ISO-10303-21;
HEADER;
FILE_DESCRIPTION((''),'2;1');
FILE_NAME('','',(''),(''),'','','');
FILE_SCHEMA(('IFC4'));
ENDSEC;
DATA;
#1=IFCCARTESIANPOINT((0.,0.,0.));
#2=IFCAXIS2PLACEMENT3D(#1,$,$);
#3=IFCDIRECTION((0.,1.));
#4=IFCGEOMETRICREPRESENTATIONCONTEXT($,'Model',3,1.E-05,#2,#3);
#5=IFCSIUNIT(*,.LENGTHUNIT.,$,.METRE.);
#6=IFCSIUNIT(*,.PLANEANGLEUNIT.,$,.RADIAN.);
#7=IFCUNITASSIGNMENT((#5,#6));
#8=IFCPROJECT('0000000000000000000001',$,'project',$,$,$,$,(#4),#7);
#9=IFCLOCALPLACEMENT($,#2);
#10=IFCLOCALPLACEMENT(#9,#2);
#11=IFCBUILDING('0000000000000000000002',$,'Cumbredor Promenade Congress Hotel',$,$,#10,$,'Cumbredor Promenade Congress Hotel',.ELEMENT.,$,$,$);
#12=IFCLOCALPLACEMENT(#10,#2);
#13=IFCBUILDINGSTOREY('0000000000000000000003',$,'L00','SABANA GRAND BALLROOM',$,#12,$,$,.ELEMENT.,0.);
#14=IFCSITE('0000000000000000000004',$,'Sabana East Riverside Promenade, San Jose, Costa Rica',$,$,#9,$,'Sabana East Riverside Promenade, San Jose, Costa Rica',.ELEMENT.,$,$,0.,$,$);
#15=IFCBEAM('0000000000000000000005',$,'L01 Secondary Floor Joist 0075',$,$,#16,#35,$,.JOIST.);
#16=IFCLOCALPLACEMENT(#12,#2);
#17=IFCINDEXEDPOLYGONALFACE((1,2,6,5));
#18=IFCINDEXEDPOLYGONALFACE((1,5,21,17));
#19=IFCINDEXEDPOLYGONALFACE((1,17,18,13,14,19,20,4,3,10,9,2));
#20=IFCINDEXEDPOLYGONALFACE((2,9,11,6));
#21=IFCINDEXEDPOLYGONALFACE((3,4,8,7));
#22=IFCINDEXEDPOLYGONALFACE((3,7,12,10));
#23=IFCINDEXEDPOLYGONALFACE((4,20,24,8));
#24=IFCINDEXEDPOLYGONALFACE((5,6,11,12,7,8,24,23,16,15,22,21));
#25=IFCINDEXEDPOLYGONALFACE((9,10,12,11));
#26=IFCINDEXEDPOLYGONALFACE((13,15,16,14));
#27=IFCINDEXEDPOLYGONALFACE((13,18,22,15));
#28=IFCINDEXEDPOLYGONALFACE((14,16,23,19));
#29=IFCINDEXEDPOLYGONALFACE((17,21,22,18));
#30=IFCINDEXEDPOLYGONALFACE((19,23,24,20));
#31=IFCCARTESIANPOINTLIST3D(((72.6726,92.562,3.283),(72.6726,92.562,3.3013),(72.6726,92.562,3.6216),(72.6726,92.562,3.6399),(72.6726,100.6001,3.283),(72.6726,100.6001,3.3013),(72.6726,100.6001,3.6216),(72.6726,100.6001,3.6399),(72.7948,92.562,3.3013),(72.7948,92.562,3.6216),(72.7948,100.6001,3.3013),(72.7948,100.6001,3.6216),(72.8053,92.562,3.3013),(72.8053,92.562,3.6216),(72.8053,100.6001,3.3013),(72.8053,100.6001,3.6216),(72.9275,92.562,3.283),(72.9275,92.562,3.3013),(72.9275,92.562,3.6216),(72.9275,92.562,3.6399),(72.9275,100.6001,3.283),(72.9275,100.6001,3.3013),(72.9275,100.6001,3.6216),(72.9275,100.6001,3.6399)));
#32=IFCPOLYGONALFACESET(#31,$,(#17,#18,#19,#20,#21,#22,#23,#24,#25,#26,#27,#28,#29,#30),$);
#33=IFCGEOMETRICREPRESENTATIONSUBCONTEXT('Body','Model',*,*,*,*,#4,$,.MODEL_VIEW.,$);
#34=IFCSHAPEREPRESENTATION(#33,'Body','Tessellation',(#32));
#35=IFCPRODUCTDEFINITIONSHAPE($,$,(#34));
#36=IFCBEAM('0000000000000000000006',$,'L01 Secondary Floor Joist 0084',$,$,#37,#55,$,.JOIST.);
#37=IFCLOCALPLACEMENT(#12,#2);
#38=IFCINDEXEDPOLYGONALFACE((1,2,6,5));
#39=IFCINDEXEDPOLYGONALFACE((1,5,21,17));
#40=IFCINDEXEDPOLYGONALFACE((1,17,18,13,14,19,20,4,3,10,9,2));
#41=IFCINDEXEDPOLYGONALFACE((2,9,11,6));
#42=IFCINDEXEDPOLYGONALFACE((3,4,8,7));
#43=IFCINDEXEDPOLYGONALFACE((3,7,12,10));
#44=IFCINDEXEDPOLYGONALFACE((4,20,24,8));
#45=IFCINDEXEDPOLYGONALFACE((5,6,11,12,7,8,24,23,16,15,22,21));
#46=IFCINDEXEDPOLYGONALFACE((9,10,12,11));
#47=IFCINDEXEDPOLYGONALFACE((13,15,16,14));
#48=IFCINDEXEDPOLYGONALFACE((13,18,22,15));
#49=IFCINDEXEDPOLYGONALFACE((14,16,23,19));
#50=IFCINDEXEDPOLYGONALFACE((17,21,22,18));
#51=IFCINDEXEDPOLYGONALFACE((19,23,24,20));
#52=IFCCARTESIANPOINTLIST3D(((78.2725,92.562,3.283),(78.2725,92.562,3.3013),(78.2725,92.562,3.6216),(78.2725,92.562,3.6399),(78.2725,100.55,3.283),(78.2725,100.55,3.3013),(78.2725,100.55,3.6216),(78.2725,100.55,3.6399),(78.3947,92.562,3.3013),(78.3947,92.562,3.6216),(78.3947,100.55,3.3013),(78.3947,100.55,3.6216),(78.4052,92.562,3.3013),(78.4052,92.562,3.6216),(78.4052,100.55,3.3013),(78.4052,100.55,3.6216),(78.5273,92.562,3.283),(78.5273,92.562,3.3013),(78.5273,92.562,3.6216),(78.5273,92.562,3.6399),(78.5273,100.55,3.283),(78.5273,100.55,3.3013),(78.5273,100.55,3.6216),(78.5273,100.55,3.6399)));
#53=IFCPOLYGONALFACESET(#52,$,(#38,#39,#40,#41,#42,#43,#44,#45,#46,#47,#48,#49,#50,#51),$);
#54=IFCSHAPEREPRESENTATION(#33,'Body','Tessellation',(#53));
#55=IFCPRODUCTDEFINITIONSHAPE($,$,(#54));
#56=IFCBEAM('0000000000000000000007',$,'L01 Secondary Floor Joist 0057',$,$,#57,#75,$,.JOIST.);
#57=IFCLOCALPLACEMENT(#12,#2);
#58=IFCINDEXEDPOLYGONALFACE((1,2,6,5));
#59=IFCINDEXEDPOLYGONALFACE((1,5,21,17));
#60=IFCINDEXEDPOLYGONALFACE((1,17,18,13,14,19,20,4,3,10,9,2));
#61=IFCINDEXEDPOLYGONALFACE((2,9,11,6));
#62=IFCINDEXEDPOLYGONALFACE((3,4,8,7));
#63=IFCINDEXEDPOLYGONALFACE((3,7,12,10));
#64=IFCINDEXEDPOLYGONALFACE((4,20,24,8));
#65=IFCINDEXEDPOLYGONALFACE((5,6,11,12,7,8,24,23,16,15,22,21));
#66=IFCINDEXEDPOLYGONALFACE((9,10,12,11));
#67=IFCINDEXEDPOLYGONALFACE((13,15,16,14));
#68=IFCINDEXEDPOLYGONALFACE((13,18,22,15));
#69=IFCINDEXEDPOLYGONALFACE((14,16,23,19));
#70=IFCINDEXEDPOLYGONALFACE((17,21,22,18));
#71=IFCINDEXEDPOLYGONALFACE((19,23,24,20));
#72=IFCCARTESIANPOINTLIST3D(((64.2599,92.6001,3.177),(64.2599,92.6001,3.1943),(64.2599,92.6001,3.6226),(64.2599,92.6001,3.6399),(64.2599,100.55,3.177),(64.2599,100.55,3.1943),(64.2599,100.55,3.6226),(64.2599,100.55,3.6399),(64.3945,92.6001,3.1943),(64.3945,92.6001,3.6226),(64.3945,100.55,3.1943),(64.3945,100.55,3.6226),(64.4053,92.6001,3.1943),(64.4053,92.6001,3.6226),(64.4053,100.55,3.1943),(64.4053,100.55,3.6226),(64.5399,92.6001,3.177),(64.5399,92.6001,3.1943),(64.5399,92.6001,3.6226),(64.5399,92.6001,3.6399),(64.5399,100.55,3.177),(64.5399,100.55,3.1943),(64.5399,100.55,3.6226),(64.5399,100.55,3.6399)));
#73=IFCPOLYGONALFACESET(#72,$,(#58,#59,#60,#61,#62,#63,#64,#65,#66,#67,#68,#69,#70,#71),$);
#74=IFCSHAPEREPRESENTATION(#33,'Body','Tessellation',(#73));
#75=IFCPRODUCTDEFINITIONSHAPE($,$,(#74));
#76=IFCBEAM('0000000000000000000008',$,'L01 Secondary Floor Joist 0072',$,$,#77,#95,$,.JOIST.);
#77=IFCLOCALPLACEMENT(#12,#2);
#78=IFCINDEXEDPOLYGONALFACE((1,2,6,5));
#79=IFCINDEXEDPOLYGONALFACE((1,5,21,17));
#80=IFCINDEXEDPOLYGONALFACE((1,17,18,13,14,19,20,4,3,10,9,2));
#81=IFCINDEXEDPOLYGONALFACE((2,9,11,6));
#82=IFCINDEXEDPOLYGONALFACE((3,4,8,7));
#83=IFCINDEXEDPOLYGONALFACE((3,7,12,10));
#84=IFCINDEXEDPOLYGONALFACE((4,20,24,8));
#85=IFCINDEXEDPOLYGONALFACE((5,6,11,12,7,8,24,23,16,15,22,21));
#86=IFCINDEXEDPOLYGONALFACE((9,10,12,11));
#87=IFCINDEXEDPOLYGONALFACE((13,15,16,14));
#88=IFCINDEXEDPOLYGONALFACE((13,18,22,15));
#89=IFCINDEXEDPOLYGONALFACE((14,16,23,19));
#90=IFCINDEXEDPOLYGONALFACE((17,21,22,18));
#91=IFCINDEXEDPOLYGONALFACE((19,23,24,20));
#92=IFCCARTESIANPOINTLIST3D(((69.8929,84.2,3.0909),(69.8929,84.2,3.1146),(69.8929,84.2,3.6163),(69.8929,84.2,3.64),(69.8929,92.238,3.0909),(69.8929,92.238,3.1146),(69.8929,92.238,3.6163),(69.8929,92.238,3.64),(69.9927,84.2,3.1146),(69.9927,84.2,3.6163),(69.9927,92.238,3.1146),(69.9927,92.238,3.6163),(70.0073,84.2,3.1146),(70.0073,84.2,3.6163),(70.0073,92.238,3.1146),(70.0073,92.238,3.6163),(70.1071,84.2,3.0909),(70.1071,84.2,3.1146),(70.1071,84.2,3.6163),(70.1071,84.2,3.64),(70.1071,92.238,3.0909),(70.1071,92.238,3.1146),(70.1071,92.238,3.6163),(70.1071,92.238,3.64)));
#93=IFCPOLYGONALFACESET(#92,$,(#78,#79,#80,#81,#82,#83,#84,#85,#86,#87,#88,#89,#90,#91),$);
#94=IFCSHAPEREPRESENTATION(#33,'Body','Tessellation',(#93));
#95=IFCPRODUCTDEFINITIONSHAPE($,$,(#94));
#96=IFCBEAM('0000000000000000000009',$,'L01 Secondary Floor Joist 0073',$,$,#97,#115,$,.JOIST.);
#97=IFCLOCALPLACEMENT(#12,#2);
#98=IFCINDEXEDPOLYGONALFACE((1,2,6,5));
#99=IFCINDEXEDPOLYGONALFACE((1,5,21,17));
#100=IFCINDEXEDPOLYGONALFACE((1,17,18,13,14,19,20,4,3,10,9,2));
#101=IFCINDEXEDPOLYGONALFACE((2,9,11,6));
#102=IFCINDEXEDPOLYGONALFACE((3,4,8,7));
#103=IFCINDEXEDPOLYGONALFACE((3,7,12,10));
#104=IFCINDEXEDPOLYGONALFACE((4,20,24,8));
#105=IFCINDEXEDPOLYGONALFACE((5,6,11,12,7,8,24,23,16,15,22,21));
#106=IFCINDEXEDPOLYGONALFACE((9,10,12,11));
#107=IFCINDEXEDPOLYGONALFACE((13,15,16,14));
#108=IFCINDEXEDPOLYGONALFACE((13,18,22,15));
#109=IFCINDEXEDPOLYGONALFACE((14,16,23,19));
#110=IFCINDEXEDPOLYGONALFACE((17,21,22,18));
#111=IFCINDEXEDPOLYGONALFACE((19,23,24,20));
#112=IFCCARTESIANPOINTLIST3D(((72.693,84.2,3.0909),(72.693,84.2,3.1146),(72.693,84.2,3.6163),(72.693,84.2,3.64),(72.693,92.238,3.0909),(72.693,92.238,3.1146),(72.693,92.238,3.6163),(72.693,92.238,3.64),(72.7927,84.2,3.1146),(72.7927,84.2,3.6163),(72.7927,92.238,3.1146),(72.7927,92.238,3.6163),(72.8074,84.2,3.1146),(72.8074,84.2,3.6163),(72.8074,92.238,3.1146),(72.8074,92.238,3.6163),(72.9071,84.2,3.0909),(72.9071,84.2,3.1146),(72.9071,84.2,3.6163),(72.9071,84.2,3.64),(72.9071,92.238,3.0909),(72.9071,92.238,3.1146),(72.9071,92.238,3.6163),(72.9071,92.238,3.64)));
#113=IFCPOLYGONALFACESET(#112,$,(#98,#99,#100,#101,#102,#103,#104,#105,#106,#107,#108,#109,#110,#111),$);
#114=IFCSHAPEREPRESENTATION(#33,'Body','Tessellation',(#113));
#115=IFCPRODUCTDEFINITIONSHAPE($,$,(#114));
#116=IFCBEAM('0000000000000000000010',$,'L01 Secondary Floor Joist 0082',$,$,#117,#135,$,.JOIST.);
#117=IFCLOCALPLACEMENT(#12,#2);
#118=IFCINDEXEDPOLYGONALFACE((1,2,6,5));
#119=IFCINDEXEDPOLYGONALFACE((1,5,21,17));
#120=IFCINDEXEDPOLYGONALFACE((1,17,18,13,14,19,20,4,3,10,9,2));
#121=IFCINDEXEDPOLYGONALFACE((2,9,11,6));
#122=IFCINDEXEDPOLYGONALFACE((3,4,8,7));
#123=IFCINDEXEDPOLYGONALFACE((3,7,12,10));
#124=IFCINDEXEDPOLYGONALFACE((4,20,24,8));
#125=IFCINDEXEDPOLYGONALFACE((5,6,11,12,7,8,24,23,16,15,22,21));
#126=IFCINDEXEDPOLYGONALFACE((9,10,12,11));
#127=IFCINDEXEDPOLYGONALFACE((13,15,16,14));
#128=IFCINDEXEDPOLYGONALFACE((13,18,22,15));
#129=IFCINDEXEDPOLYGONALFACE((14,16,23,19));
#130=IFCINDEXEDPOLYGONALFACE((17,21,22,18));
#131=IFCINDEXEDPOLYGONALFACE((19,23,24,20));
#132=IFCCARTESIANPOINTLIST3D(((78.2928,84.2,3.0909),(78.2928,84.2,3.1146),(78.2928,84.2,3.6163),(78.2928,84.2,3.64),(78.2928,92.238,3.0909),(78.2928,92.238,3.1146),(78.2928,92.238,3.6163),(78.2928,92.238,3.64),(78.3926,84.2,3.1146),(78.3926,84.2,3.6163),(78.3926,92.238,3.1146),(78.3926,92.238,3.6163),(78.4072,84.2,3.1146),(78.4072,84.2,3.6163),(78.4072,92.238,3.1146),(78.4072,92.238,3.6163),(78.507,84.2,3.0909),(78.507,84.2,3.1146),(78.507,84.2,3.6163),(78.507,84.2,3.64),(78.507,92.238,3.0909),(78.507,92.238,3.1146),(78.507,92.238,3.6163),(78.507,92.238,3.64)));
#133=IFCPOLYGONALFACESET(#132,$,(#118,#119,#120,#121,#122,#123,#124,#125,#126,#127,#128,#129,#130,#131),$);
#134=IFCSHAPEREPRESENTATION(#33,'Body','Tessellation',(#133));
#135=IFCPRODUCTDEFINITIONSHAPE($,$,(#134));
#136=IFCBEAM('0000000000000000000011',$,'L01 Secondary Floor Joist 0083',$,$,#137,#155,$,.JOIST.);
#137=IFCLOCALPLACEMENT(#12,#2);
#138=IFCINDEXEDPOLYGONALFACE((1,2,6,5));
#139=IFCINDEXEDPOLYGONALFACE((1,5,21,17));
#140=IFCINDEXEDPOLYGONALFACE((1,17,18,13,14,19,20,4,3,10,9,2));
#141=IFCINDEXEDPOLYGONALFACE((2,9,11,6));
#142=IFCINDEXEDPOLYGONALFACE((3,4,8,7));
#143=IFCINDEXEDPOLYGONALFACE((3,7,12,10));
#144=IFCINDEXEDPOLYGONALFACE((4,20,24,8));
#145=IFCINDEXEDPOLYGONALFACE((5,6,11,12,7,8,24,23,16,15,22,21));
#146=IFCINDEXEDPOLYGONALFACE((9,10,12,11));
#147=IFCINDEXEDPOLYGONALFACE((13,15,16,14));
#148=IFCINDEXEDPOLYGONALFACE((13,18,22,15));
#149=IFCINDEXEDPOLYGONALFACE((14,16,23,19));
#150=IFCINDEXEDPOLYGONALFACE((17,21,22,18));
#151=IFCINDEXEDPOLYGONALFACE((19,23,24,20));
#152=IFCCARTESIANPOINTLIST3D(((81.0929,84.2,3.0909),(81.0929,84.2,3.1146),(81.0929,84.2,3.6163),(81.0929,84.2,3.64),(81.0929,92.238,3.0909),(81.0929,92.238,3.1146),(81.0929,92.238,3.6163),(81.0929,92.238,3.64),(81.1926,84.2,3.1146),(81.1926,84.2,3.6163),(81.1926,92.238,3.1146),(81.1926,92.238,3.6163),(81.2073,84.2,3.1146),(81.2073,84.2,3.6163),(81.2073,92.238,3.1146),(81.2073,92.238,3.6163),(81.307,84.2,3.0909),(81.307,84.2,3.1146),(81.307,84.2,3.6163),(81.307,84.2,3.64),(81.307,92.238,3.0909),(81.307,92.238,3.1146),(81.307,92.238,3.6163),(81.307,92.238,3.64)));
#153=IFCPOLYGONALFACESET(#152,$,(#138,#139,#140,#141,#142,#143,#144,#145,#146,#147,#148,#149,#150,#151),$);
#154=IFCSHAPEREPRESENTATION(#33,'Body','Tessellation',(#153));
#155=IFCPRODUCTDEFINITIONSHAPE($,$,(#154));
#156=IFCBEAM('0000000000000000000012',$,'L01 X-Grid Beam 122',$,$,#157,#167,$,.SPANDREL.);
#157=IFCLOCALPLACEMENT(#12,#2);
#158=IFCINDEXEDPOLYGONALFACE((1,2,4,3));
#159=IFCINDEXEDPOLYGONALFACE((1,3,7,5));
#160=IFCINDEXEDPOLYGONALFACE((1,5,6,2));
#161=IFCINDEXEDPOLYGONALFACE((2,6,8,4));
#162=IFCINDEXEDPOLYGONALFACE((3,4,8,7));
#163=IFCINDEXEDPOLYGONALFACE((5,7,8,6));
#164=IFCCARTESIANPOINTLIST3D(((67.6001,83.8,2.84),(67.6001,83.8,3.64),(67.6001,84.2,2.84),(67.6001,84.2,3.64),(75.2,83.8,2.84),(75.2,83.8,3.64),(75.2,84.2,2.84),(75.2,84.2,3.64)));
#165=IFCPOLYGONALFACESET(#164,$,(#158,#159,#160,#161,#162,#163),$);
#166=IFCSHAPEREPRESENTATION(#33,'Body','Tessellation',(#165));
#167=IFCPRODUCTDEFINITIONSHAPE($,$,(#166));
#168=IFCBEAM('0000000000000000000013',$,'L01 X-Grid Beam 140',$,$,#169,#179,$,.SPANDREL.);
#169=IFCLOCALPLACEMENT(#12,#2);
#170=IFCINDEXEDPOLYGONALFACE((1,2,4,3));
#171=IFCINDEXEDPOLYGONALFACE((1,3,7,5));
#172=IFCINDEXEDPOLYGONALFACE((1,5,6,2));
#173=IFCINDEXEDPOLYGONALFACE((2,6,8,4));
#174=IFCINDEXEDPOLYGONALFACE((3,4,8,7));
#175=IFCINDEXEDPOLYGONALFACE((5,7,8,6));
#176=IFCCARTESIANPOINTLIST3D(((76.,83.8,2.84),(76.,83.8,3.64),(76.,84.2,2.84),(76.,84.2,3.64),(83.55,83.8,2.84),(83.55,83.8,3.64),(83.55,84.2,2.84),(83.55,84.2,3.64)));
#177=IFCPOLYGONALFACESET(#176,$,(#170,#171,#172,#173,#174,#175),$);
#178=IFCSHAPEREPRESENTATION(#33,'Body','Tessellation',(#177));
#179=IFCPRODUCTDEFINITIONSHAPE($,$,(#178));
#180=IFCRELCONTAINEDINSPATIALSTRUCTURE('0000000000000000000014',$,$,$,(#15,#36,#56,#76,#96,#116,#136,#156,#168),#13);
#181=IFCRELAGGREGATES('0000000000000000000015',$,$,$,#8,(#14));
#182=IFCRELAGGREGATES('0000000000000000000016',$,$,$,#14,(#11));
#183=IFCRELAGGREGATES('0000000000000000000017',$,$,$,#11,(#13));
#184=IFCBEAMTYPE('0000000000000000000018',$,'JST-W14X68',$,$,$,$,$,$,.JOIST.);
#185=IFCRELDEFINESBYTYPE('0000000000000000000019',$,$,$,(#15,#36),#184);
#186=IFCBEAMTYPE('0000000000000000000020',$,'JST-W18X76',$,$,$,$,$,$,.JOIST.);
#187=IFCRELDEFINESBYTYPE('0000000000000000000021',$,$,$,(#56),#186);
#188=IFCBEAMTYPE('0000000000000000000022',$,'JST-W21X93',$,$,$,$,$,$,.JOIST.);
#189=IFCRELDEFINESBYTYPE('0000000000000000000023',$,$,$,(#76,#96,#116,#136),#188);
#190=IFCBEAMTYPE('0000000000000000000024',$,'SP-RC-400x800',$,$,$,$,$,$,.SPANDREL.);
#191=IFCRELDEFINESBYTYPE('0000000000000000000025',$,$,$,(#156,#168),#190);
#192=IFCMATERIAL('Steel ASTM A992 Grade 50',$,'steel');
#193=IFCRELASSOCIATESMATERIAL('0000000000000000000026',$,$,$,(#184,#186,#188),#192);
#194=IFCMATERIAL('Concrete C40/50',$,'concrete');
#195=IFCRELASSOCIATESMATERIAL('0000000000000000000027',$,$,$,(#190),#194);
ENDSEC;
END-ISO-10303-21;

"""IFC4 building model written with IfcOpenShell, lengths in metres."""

from ifc_helpers import new_model, si_unit, direction, frame, origin, origin_2d, place, context, subcontext, project, spatial, rectangle, i_section, extrude, material, material_profile, profile_set, type_object, element, save


model = new_model("IFC4")

# Units and contexts
model_context = context("Model", 3, precision=1e-05, world=origin(), true_north=direction((0.0, 1.0)))
body_context = subcontext(model_context, "Body", "Model", "MODEL_VIEW")
ifc_project = project(units=[si_unit("LENGTHUNIT", "METRE"), si_unit("PLANEANGLEUNIT", "RADIAN")], contexts=[model_context])

# Site, building, storey
site_placement = place(None, origin())
site = spatial("IfcSite", under=ifc_project, at=site_placement, Name="Sabana East Riverside Promenade, San Jose, Costa Rica", LongName="Sabana East Riverside Promenade, San Jose, Costa Rica", CompositionType="ELEMENT", RefElevation=0.0)
building_placement = place(site_placement, origin())
building = spatial("IfcBuilding", under=site, at=building_placement, Name="Cumbredor Promenade Congress Hotel", LongName="Cumbredor Promenade Congress Hotel", CompositionType="ELEMENT")
storey_placement = place(building_placement, origin())
storey = spatial("IfcBuildingStorey", under=building, at=storey_placement, Name="L00", Description="SABANA GRAND BALLROOM", CompositionType="ELEMENT", Elevation=0.0)

# Beams
ifc_material_1 = material(Name="Concrete C40/50", Category="concrete")
ifc_material_2 = material(Name="Steel ASTM A992 Grade 50", Category="steel")
ifc_material_profile_1 = material_profile(ifc_material_2, i_section(OverallWidth=0.2549, OverallDepth=0.3569, WebThickness=0.0105, FlangeThickness=0.0183, at=origin_2d()), Name="W14X68")
ifc_profile_set_1 = profile_set([ifc_material_profile_1], Name="Steel ASTM A992 Grade 50")
beam_type_1 = type_object("IfcBeamType", Name="JST-W14X68", PredefinedType="JOIST", material=ifc_profile_set_1)
for number, where, z_axis, x_axis, name in (
    (1, (72.8, 92.562, 3.4614), (0.0, 1.0, 0.0), (-1.0, 0.0, 0.0), "L01 Secondary Floor Joist 0075"),
):
    element("IfcBeam", number, at=place(storey_placement, frame(where, z_axis=z_axis, x_axis=x_axis)), inside=storey, type_object=beam_type_1, Name=name, PredefinedType="JOIST", context=body_context, shape_type="SweptSolid", body=[
        extrude(i_section(OverallWidth=0.2549, OverallDepth=0.3569, WebThickness=0.0105, FlangeThickness=0.0183, at=origin_2d()), origin(), (0.0, 0.0, 1.0), 8.0381),
    ])
beam_1_placement = place(storey_placement, frame((78.3999, 92.562, 3.4614), z_axis=(0.0, 1.0, 0.0), x_axis=(-1.0, 0.0, 0.0)))
element("IfcBeam", 2, at=beam_1_placement, inside=storey, type_object=beam_type_1, Name="L01 Secondary Floor Joist 0084", PredefinedType="JOIST", context=body_context, shape_type="SweptSolid", body=[
    extrude(i_section(OverallWidth=0.2549, OverallDepth=0.3569, WebThickness=0.0105, FlangeThickness=0.0183, at=origin_2d()), origin(), (0.0, 0.0, 1.0), 7.988),
])
ifc_material_profile_2 = material_profile(ifc_material_2, i_section(OverallWidth=0.28, OverallDepth=0.4629, WebThickness=0.0107, FlangeThickness=0.0173, at=origin_2d()), Name="W18X76")
ifc_profile_set_2 = profile_set([ifc_material_profile_2], Name="Steel ASTM A992 Grade 50")
beam_type_2 = type_object("IfcBeamType", Name="JST-W18X76", PredefinedType="JOIST", material=ifc_profile_set_2)
beam_2_placement = place(storey_placement, frame((64.3999, 92.6001, 3.4084), z_axis=(0.0, 1.0, 0.0), x_axis=(-1.0, 0.0, 0.0)))
element("IfcBeam", 3, at=beam_2_placement, inside=storey, type_object=beam_type_2, Name="L01 Secondary Floor Joist 0057", PredefinedType="JOIST", context=body_context, shape_type="SweptSolid", body=[
    extrude(i_section(OverallWidth=0.28, OverallDepth=0.4629, WebThickness=0.0107, FlangeThickness=0.0173, at=origin_2d()), origin(), (0.0, 0.0, 1.0), 7.95),
])
ifc_material_profile_3 = material_profile(ifc_material_2, i_section(OverallWidth=0.2141, OverallDepth=0.5491, WebThickness=0.0146, FlangeThickness=0.0237, at=origin_2d()), Name="W21X93")
ifc_profile_set_3 = profile_set([ifc_material_profile_3], Name="Steel ASTM A992 Grade 50")
beam_type_3 = type_object("IfcBeamType", Name="JST-W21X93", PredefinedType="JOIST", material=ifc_profile_set_3)
for number, where, z_axis, x_axis, name in (
    (4, (70.0, 84.2, 3.3655), (0.0, 1.0, 0.0), (-1.0, 0.0, 0.0), "L01 Secondary Floor Joist 0072"),
    (5, (72.8, 84.2, 3.3655), (0.0, 1.0, 0.0), (-1.0, 0.0, 0.0), "L01 Secondary Floor Joist 0073"),
    (6, (78.3999, 84.2, 3.3655), (0.0, 1.0, 0.0), (-1.0, 0.0, 0.0), "L01 Secondary Floor Joist 0082"),
    (7, (81.2, 84.2, 3.3655), (0.0, 1.0, 0.0), (-1.0, 0.0, 0.0), "L01 Secondary Floor Joist 0083"),
):
    element("IfcBeam", number, at=place(storey_placement, frame(where, z_axis=z_axis, x_axis=x_axis)), inside=storey, type_object=beam_type_3, Name=name, PredefinedType="JOIST", context=body_context, shape_type="SweptSolid", body=[
        extrude(i_section(OverallWidth=0.2141, OverallDepth=0.5491, WebThickness=0.0146, FlangeThickness=0.0237, at=origin_2d()), origin(), (0.0, 0.0, 1.0), 8.0381),
    ])
ifc_material_profile_4 = material_profile(ifc_material_1, rectangle(XDim=0.3999, YDim=0.8, at=origin_2d()), Name="RC SPANDREL 400x800")
ifc_profile_set_4 = profile_set([ifc_material_profile_4], Name="Concrete C40/50")
beam_type_4 = type_object("IfcBeamType", Name="SP-RC-400x800", PredefinedType="SPANDREL", material=ifc_profile_set_4)
beam_3_placement = place(storey_placement, frame((67.6001, 84.0, 3.24), z_axis=(1.0, 0.0, 0.0), x_axis=(0.0, 1.0, 0.0)))
element("IfcBeam", 8, at=beam_3_placement, inside=storey, type_object=beam_type_4, Name="L01 X-Grid Beam 122", PredefinedType="SPANDREL", context=body_context, shape_type="SweptSolid", body=[
    extrude(rectangle(XDim=0.3999, YDim=0.8, at=origin_2d()), origin(), (0.0, 0.0, 1.0), 7.5999),
])
beam_4_placement = place(storey_placement, frame((76.0, 84.0, 3.24), z_axis=(1.0, 0.0, 0.0), x_axis=(0.0, 1.0, 0.0)))
element("IfcBeam", 9, at=beam_4_placement, inside=storey, type_object=beam_type_4, Name="L01 X-Grid Beam 140", PredefinedType="SPANDREL", context=body_context, shape_type="SweptSolid", body=[
    extrude(rectangle(XDim=0.3999, YDim=0.8, at=origin_2d()), origin(), (0.0, 0.0, 1.0), 7.55),
])

save(model, "model.ifc")
